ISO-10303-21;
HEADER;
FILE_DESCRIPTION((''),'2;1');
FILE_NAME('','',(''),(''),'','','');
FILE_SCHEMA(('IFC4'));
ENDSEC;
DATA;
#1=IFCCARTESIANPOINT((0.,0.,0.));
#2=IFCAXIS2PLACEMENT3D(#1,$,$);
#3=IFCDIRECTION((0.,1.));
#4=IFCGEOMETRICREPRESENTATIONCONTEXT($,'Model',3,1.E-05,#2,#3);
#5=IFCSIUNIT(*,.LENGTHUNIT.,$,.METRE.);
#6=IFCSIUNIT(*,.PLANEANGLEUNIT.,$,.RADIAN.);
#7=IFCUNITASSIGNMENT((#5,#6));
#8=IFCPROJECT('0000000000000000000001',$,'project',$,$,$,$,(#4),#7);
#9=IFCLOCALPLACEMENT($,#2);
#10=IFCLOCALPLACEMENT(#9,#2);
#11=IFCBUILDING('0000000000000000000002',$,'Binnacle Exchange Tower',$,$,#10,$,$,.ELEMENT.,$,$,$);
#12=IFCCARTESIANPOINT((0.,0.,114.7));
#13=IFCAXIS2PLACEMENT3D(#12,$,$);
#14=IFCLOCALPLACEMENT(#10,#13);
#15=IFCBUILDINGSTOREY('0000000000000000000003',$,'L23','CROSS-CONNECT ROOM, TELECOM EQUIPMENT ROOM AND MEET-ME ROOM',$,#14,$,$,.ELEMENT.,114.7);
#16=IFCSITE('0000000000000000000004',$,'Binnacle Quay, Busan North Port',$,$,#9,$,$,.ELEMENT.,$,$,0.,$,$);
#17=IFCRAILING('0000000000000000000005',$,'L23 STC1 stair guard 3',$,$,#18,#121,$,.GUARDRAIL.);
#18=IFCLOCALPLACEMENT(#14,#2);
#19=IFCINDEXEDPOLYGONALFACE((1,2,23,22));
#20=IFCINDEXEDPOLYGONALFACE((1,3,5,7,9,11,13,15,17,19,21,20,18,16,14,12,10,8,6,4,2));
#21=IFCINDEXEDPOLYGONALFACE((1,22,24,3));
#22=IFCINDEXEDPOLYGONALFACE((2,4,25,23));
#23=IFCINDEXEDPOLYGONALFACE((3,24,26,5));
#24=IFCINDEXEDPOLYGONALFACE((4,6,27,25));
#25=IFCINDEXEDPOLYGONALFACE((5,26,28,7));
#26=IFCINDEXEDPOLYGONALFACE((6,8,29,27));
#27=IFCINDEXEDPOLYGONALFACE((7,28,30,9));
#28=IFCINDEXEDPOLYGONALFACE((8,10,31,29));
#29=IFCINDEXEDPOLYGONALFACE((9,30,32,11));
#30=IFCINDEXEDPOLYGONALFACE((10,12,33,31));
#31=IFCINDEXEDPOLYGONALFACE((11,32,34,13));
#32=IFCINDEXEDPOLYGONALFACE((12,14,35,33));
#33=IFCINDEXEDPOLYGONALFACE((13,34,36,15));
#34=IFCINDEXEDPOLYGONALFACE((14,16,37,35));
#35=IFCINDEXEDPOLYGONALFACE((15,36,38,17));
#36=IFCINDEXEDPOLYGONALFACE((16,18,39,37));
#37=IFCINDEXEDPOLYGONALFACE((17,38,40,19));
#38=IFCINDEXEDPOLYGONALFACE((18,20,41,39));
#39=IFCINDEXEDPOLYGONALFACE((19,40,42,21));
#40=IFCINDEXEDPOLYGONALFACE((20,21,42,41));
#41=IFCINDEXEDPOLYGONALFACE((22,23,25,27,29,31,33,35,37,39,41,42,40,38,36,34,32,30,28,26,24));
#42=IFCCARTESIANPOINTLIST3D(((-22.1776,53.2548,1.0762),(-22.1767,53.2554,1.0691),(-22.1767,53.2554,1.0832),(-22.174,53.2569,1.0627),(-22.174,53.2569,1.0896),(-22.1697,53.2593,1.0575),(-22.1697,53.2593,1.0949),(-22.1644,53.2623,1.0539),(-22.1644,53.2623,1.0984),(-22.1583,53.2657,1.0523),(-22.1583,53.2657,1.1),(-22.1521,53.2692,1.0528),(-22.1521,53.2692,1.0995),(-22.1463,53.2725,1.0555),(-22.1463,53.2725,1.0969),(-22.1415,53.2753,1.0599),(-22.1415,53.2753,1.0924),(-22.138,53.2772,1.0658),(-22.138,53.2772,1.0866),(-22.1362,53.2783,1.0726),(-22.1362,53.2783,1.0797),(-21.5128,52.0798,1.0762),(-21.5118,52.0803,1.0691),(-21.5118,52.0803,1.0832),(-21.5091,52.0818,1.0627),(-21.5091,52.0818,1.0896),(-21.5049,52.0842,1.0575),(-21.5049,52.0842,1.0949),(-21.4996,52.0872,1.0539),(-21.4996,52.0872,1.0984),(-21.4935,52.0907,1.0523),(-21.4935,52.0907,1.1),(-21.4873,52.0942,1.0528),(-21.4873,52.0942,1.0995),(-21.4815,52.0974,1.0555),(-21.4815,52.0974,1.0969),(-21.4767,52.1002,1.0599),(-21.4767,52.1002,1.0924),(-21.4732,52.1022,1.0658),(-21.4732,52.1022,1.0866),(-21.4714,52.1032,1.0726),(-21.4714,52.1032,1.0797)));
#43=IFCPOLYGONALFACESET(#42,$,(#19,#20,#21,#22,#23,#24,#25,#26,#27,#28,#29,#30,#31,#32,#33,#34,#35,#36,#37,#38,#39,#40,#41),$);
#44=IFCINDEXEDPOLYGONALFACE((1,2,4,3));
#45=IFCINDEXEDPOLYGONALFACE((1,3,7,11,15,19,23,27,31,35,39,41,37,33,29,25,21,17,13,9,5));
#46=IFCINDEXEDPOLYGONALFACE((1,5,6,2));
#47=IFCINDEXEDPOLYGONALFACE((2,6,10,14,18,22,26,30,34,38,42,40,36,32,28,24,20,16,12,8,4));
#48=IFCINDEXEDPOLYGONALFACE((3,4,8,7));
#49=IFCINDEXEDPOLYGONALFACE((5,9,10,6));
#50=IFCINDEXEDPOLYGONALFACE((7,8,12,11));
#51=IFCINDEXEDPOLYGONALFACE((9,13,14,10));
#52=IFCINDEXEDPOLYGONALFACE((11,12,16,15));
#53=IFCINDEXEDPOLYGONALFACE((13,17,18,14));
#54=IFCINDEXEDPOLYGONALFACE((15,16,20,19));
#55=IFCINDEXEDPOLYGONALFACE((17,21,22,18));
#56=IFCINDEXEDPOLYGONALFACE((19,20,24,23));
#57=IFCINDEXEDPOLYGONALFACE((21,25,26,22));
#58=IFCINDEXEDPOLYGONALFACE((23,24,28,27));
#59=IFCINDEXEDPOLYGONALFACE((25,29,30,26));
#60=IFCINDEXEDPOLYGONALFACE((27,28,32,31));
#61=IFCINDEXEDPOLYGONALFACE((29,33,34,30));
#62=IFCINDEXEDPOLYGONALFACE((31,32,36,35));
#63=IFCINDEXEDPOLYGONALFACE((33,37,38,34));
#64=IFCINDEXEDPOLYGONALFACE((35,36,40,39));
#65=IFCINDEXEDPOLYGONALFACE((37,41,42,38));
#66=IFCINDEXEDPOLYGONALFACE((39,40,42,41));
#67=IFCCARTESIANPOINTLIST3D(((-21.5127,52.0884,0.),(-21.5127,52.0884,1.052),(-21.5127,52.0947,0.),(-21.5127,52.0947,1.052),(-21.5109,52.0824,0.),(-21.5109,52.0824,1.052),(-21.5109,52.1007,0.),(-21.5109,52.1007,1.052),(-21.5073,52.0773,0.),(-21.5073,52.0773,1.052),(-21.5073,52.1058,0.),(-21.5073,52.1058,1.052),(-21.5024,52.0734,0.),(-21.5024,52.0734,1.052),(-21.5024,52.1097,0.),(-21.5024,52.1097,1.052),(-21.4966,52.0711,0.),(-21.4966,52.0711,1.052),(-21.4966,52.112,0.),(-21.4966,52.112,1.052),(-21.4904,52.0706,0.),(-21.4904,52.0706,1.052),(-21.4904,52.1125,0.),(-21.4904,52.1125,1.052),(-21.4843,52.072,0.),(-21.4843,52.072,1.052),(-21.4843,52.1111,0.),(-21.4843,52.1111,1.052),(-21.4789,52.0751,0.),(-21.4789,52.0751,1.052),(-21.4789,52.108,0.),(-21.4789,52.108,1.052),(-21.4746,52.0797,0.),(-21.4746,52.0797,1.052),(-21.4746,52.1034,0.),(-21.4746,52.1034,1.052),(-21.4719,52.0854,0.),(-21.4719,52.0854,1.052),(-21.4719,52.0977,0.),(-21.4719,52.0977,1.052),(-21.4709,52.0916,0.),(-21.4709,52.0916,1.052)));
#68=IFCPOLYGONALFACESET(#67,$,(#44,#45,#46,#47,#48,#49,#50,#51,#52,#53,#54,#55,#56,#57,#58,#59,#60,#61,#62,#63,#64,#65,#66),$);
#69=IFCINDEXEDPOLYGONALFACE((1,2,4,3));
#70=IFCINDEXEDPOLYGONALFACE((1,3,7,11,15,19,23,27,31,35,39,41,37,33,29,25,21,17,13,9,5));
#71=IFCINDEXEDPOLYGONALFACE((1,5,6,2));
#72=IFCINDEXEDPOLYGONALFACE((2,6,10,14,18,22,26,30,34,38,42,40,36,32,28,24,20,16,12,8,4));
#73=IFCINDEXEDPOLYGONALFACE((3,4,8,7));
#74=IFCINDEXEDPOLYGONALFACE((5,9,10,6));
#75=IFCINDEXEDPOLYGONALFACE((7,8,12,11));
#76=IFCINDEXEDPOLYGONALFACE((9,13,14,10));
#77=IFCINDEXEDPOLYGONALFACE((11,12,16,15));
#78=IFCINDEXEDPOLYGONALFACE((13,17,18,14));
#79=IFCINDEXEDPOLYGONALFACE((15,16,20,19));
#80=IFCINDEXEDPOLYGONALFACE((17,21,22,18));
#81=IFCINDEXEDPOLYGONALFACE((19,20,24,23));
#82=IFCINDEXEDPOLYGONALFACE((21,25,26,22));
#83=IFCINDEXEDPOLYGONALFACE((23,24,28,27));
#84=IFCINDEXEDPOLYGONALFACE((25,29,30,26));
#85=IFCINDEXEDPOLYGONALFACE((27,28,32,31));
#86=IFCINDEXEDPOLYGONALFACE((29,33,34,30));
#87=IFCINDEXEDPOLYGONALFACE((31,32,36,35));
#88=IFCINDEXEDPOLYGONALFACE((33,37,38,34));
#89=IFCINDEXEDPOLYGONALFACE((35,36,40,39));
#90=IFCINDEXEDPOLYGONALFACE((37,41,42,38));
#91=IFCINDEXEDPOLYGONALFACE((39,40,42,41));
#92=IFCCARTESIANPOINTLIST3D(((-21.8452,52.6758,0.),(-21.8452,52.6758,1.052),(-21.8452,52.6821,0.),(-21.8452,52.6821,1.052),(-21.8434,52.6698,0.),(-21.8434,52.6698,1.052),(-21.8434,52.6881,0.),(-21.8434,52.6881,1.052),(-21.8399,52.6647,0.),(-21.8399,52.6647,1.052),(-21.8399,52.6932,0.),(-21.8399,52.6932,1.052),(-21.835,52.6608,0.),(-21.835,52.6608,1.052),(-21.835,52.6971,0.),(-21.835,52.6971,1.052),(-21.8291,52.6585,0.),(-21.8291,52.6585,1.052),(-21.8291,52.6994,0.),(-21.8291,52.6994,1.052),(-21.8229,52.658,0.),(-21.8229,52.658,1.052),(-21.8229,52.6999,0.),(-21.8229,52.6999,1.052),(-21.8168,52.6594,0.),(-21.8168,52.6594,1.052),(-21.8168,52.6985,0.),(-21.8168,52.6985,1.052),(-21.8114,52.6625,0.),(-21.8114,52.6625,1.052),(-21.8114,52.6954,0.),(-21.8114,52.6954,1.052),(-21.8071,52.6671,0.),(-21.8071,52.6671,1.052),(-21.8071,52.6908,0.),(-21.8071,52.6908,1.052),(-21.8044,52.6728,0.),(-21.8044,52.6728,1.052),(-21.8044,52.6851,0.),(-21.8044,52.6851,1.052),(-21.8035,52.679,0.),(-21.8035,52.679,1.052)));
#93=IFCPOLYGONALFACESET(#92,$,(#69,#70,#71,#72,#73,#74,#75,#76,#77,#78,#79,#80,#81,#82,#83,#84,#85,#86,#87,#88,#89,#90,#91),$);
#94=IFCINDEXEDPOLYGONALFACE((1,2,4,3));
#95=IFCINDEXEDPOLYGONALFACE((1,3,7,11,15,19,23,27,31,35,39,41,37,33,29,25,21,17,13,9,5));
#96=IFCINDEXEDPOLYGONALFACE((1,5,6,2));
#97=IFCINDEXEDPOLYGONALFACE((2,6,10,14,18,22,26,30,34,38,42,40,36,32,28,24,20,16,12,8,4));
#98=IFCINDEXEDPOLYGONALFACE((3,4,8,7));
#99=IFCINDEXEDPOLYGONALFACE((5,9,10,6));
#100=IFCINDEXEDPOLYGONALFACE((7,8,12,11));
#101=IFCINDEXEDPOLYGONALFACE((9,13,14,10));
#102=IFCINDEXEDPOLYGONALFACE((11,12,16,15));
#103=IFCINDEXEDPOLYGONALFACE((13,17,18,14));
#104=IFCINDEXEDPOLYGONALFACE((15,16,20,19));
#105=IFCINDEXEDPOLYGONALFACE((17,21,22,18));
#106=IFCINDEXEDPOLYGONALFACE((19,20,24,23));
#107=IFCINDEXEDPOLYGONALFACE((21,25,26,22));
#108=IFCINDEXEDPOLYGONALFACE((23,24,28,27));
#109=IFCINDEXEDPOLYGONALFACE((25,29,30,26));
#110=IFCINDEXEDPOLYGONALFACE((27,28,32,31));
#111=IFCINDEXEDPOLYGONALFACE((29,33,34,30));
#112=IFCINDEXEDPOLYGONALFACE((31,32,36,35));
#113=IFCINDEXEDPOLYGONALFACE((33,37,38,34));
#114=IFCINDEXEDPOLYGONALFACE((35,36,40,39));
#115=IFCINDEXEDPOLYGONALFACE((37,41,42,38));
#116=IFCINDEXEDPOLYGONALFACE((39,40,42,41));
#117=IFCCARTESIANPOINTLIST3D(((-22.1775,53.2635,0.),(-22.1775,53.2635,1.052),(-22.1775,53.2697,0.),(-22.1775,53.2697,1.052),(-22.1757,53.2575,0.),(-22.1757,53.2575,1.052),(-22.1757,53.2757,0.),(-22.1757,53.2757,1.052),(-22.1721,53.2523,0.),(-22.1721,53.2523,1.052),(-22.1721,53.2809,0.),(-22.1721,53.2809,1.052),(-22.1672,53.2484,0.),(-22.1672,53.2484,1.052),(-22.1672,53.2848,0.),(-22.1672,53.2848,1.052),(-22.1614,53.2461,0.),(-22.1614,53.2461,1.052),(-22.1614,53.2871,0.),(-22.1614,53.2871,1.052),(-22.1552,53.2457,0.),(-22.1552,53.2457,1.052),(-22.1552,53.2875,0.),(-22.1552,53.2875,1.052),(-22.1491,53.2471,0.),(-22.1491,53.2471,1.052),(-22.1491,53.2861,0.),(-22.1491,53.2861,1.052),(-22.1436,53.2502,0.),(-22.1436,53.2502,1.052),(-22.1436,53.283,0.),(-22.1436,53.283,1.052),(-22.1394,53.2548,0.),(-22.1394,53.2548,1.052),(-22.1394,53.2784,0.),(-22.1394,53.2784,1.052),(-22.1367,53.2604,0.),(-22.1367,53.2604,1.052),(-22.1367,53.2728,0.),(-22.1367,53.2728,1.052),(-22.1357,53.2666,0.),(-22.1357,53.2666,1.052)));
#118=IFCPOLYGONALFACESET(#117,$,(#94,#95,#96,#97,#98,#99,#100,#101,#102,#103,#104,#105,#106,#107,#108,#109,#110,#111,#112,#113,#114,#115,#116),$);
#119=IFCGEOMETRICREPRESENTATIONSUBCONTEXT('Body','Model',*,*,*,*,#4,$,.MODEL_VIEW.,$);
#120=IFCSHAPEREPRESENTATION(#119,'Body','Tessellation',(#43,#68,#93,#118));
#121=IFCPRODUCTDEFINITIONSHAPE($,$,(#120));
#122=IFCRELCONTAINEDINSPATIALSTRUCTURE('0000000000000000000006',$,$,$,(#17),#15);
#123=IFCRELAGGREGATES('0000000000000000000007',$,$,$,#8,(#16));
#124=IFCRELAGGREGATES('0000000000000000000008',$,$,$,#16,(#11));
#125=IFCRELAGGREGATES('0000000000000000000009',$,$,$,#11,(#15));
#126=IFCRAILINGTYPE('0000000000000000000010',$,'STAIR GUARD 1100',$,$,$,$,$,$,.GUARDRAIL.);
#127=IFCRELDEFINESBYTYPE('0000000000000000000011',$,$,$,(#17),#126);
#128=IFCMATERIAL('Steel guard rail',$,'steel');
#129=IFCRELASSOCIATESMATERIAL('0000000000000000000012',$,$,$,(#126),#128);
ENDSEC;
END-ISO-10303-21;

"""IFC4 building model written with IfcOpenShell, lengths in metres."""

from ifc_helpers import new_model, si_unit, direction, frame, origin, origin_2d, place, context, subcontext, project, spatial, circle, extrude, material, type_object, element, save


model = new_model("IFC4")

# Units and contexts
model_context = context("Model", 3, precision=1e-05, world=origin(), true_north=direction((0.0, 1.0)))
body_context = subcontext(model_context, "Body", "Model", "MODEL_VIEW")
ifc_project = project(units=[si_unit("LENGTHUNIT", "METRE"), si_unit("PLANEANGLEUNIT", "RADIAN")], contexts=[model_context])

# Site, building, storey
site_placement = place(None, origin())
site = spatial("IfcSite", under=ifc_project, at=site_placement, Name="Binnacle Quay, Busan North Port", CompositionType="ELEMENT", RefElevation=0.0)
building_placement = place(site_placement, origin())
building = spatial("IfcBuilding", under=site, at=building_placement, Name="Binnacle Exchange Tower", CompositionType="ELEMENT")
storey_placement = place(building_placement, frame((0.0, 0.0, 114.7)))
storey = spatial("IfcBuildingStorey", under=building, at=storey_placement, Name="L23", Description="CROSS-CONNECT ROOM, TELECOM EQUIPMENT ROOM AND MEET-ME ROOM", CompositionType="ELEMENT", Elevation=114.7)

# Railing
ifc_material_1 = material(Name="Steel guard rail", Category="steel")
railing_type = type_object("IfcRailingType", Name="STAIR GUARD 1100", PredefinedType="GUARDRAIL", material=ifc_material_1)
railing_1_placement = place(storey_placement, frame((-21.4919, 52.0916, 0.0)))
element("IfcRailing", 1, at=railing_1_placement, inside=storey, type_object=railing_type, Name="L23 STC1 stair guard 3", PredefinedType="GUARDRAIL", context=body_context, shape_type="SweptSolid", body=[
    extrude(circle(Radius=0.0239, at=origin_2d()), frame((0.0, 0.0, 1.0762), z_axis=(-0.492415, 0.870361, 0.0), x_axis=(-0.870361, -0.492415, 0.0)), (0.0, 0.0, 1.0), 1.3501),
    extrude(circle(Radius=0.021, at=origin_2d()), origin(), (0.0, 0.0, 1.0), 1.052),
    extrude(circle(Radius=0.021, at=origin_2d()), frame((-0.3325, 0.5874, 0.0)), (0.0, 0.0, 1.0), 1.052),
    extrude(circle(Radius=0.021, at=origin_2d()), frame((-0.6648, 1.175, 0.0)), (0.0, 0.0, 1.0), 1.052),
])

save(model, "model.ifc")
